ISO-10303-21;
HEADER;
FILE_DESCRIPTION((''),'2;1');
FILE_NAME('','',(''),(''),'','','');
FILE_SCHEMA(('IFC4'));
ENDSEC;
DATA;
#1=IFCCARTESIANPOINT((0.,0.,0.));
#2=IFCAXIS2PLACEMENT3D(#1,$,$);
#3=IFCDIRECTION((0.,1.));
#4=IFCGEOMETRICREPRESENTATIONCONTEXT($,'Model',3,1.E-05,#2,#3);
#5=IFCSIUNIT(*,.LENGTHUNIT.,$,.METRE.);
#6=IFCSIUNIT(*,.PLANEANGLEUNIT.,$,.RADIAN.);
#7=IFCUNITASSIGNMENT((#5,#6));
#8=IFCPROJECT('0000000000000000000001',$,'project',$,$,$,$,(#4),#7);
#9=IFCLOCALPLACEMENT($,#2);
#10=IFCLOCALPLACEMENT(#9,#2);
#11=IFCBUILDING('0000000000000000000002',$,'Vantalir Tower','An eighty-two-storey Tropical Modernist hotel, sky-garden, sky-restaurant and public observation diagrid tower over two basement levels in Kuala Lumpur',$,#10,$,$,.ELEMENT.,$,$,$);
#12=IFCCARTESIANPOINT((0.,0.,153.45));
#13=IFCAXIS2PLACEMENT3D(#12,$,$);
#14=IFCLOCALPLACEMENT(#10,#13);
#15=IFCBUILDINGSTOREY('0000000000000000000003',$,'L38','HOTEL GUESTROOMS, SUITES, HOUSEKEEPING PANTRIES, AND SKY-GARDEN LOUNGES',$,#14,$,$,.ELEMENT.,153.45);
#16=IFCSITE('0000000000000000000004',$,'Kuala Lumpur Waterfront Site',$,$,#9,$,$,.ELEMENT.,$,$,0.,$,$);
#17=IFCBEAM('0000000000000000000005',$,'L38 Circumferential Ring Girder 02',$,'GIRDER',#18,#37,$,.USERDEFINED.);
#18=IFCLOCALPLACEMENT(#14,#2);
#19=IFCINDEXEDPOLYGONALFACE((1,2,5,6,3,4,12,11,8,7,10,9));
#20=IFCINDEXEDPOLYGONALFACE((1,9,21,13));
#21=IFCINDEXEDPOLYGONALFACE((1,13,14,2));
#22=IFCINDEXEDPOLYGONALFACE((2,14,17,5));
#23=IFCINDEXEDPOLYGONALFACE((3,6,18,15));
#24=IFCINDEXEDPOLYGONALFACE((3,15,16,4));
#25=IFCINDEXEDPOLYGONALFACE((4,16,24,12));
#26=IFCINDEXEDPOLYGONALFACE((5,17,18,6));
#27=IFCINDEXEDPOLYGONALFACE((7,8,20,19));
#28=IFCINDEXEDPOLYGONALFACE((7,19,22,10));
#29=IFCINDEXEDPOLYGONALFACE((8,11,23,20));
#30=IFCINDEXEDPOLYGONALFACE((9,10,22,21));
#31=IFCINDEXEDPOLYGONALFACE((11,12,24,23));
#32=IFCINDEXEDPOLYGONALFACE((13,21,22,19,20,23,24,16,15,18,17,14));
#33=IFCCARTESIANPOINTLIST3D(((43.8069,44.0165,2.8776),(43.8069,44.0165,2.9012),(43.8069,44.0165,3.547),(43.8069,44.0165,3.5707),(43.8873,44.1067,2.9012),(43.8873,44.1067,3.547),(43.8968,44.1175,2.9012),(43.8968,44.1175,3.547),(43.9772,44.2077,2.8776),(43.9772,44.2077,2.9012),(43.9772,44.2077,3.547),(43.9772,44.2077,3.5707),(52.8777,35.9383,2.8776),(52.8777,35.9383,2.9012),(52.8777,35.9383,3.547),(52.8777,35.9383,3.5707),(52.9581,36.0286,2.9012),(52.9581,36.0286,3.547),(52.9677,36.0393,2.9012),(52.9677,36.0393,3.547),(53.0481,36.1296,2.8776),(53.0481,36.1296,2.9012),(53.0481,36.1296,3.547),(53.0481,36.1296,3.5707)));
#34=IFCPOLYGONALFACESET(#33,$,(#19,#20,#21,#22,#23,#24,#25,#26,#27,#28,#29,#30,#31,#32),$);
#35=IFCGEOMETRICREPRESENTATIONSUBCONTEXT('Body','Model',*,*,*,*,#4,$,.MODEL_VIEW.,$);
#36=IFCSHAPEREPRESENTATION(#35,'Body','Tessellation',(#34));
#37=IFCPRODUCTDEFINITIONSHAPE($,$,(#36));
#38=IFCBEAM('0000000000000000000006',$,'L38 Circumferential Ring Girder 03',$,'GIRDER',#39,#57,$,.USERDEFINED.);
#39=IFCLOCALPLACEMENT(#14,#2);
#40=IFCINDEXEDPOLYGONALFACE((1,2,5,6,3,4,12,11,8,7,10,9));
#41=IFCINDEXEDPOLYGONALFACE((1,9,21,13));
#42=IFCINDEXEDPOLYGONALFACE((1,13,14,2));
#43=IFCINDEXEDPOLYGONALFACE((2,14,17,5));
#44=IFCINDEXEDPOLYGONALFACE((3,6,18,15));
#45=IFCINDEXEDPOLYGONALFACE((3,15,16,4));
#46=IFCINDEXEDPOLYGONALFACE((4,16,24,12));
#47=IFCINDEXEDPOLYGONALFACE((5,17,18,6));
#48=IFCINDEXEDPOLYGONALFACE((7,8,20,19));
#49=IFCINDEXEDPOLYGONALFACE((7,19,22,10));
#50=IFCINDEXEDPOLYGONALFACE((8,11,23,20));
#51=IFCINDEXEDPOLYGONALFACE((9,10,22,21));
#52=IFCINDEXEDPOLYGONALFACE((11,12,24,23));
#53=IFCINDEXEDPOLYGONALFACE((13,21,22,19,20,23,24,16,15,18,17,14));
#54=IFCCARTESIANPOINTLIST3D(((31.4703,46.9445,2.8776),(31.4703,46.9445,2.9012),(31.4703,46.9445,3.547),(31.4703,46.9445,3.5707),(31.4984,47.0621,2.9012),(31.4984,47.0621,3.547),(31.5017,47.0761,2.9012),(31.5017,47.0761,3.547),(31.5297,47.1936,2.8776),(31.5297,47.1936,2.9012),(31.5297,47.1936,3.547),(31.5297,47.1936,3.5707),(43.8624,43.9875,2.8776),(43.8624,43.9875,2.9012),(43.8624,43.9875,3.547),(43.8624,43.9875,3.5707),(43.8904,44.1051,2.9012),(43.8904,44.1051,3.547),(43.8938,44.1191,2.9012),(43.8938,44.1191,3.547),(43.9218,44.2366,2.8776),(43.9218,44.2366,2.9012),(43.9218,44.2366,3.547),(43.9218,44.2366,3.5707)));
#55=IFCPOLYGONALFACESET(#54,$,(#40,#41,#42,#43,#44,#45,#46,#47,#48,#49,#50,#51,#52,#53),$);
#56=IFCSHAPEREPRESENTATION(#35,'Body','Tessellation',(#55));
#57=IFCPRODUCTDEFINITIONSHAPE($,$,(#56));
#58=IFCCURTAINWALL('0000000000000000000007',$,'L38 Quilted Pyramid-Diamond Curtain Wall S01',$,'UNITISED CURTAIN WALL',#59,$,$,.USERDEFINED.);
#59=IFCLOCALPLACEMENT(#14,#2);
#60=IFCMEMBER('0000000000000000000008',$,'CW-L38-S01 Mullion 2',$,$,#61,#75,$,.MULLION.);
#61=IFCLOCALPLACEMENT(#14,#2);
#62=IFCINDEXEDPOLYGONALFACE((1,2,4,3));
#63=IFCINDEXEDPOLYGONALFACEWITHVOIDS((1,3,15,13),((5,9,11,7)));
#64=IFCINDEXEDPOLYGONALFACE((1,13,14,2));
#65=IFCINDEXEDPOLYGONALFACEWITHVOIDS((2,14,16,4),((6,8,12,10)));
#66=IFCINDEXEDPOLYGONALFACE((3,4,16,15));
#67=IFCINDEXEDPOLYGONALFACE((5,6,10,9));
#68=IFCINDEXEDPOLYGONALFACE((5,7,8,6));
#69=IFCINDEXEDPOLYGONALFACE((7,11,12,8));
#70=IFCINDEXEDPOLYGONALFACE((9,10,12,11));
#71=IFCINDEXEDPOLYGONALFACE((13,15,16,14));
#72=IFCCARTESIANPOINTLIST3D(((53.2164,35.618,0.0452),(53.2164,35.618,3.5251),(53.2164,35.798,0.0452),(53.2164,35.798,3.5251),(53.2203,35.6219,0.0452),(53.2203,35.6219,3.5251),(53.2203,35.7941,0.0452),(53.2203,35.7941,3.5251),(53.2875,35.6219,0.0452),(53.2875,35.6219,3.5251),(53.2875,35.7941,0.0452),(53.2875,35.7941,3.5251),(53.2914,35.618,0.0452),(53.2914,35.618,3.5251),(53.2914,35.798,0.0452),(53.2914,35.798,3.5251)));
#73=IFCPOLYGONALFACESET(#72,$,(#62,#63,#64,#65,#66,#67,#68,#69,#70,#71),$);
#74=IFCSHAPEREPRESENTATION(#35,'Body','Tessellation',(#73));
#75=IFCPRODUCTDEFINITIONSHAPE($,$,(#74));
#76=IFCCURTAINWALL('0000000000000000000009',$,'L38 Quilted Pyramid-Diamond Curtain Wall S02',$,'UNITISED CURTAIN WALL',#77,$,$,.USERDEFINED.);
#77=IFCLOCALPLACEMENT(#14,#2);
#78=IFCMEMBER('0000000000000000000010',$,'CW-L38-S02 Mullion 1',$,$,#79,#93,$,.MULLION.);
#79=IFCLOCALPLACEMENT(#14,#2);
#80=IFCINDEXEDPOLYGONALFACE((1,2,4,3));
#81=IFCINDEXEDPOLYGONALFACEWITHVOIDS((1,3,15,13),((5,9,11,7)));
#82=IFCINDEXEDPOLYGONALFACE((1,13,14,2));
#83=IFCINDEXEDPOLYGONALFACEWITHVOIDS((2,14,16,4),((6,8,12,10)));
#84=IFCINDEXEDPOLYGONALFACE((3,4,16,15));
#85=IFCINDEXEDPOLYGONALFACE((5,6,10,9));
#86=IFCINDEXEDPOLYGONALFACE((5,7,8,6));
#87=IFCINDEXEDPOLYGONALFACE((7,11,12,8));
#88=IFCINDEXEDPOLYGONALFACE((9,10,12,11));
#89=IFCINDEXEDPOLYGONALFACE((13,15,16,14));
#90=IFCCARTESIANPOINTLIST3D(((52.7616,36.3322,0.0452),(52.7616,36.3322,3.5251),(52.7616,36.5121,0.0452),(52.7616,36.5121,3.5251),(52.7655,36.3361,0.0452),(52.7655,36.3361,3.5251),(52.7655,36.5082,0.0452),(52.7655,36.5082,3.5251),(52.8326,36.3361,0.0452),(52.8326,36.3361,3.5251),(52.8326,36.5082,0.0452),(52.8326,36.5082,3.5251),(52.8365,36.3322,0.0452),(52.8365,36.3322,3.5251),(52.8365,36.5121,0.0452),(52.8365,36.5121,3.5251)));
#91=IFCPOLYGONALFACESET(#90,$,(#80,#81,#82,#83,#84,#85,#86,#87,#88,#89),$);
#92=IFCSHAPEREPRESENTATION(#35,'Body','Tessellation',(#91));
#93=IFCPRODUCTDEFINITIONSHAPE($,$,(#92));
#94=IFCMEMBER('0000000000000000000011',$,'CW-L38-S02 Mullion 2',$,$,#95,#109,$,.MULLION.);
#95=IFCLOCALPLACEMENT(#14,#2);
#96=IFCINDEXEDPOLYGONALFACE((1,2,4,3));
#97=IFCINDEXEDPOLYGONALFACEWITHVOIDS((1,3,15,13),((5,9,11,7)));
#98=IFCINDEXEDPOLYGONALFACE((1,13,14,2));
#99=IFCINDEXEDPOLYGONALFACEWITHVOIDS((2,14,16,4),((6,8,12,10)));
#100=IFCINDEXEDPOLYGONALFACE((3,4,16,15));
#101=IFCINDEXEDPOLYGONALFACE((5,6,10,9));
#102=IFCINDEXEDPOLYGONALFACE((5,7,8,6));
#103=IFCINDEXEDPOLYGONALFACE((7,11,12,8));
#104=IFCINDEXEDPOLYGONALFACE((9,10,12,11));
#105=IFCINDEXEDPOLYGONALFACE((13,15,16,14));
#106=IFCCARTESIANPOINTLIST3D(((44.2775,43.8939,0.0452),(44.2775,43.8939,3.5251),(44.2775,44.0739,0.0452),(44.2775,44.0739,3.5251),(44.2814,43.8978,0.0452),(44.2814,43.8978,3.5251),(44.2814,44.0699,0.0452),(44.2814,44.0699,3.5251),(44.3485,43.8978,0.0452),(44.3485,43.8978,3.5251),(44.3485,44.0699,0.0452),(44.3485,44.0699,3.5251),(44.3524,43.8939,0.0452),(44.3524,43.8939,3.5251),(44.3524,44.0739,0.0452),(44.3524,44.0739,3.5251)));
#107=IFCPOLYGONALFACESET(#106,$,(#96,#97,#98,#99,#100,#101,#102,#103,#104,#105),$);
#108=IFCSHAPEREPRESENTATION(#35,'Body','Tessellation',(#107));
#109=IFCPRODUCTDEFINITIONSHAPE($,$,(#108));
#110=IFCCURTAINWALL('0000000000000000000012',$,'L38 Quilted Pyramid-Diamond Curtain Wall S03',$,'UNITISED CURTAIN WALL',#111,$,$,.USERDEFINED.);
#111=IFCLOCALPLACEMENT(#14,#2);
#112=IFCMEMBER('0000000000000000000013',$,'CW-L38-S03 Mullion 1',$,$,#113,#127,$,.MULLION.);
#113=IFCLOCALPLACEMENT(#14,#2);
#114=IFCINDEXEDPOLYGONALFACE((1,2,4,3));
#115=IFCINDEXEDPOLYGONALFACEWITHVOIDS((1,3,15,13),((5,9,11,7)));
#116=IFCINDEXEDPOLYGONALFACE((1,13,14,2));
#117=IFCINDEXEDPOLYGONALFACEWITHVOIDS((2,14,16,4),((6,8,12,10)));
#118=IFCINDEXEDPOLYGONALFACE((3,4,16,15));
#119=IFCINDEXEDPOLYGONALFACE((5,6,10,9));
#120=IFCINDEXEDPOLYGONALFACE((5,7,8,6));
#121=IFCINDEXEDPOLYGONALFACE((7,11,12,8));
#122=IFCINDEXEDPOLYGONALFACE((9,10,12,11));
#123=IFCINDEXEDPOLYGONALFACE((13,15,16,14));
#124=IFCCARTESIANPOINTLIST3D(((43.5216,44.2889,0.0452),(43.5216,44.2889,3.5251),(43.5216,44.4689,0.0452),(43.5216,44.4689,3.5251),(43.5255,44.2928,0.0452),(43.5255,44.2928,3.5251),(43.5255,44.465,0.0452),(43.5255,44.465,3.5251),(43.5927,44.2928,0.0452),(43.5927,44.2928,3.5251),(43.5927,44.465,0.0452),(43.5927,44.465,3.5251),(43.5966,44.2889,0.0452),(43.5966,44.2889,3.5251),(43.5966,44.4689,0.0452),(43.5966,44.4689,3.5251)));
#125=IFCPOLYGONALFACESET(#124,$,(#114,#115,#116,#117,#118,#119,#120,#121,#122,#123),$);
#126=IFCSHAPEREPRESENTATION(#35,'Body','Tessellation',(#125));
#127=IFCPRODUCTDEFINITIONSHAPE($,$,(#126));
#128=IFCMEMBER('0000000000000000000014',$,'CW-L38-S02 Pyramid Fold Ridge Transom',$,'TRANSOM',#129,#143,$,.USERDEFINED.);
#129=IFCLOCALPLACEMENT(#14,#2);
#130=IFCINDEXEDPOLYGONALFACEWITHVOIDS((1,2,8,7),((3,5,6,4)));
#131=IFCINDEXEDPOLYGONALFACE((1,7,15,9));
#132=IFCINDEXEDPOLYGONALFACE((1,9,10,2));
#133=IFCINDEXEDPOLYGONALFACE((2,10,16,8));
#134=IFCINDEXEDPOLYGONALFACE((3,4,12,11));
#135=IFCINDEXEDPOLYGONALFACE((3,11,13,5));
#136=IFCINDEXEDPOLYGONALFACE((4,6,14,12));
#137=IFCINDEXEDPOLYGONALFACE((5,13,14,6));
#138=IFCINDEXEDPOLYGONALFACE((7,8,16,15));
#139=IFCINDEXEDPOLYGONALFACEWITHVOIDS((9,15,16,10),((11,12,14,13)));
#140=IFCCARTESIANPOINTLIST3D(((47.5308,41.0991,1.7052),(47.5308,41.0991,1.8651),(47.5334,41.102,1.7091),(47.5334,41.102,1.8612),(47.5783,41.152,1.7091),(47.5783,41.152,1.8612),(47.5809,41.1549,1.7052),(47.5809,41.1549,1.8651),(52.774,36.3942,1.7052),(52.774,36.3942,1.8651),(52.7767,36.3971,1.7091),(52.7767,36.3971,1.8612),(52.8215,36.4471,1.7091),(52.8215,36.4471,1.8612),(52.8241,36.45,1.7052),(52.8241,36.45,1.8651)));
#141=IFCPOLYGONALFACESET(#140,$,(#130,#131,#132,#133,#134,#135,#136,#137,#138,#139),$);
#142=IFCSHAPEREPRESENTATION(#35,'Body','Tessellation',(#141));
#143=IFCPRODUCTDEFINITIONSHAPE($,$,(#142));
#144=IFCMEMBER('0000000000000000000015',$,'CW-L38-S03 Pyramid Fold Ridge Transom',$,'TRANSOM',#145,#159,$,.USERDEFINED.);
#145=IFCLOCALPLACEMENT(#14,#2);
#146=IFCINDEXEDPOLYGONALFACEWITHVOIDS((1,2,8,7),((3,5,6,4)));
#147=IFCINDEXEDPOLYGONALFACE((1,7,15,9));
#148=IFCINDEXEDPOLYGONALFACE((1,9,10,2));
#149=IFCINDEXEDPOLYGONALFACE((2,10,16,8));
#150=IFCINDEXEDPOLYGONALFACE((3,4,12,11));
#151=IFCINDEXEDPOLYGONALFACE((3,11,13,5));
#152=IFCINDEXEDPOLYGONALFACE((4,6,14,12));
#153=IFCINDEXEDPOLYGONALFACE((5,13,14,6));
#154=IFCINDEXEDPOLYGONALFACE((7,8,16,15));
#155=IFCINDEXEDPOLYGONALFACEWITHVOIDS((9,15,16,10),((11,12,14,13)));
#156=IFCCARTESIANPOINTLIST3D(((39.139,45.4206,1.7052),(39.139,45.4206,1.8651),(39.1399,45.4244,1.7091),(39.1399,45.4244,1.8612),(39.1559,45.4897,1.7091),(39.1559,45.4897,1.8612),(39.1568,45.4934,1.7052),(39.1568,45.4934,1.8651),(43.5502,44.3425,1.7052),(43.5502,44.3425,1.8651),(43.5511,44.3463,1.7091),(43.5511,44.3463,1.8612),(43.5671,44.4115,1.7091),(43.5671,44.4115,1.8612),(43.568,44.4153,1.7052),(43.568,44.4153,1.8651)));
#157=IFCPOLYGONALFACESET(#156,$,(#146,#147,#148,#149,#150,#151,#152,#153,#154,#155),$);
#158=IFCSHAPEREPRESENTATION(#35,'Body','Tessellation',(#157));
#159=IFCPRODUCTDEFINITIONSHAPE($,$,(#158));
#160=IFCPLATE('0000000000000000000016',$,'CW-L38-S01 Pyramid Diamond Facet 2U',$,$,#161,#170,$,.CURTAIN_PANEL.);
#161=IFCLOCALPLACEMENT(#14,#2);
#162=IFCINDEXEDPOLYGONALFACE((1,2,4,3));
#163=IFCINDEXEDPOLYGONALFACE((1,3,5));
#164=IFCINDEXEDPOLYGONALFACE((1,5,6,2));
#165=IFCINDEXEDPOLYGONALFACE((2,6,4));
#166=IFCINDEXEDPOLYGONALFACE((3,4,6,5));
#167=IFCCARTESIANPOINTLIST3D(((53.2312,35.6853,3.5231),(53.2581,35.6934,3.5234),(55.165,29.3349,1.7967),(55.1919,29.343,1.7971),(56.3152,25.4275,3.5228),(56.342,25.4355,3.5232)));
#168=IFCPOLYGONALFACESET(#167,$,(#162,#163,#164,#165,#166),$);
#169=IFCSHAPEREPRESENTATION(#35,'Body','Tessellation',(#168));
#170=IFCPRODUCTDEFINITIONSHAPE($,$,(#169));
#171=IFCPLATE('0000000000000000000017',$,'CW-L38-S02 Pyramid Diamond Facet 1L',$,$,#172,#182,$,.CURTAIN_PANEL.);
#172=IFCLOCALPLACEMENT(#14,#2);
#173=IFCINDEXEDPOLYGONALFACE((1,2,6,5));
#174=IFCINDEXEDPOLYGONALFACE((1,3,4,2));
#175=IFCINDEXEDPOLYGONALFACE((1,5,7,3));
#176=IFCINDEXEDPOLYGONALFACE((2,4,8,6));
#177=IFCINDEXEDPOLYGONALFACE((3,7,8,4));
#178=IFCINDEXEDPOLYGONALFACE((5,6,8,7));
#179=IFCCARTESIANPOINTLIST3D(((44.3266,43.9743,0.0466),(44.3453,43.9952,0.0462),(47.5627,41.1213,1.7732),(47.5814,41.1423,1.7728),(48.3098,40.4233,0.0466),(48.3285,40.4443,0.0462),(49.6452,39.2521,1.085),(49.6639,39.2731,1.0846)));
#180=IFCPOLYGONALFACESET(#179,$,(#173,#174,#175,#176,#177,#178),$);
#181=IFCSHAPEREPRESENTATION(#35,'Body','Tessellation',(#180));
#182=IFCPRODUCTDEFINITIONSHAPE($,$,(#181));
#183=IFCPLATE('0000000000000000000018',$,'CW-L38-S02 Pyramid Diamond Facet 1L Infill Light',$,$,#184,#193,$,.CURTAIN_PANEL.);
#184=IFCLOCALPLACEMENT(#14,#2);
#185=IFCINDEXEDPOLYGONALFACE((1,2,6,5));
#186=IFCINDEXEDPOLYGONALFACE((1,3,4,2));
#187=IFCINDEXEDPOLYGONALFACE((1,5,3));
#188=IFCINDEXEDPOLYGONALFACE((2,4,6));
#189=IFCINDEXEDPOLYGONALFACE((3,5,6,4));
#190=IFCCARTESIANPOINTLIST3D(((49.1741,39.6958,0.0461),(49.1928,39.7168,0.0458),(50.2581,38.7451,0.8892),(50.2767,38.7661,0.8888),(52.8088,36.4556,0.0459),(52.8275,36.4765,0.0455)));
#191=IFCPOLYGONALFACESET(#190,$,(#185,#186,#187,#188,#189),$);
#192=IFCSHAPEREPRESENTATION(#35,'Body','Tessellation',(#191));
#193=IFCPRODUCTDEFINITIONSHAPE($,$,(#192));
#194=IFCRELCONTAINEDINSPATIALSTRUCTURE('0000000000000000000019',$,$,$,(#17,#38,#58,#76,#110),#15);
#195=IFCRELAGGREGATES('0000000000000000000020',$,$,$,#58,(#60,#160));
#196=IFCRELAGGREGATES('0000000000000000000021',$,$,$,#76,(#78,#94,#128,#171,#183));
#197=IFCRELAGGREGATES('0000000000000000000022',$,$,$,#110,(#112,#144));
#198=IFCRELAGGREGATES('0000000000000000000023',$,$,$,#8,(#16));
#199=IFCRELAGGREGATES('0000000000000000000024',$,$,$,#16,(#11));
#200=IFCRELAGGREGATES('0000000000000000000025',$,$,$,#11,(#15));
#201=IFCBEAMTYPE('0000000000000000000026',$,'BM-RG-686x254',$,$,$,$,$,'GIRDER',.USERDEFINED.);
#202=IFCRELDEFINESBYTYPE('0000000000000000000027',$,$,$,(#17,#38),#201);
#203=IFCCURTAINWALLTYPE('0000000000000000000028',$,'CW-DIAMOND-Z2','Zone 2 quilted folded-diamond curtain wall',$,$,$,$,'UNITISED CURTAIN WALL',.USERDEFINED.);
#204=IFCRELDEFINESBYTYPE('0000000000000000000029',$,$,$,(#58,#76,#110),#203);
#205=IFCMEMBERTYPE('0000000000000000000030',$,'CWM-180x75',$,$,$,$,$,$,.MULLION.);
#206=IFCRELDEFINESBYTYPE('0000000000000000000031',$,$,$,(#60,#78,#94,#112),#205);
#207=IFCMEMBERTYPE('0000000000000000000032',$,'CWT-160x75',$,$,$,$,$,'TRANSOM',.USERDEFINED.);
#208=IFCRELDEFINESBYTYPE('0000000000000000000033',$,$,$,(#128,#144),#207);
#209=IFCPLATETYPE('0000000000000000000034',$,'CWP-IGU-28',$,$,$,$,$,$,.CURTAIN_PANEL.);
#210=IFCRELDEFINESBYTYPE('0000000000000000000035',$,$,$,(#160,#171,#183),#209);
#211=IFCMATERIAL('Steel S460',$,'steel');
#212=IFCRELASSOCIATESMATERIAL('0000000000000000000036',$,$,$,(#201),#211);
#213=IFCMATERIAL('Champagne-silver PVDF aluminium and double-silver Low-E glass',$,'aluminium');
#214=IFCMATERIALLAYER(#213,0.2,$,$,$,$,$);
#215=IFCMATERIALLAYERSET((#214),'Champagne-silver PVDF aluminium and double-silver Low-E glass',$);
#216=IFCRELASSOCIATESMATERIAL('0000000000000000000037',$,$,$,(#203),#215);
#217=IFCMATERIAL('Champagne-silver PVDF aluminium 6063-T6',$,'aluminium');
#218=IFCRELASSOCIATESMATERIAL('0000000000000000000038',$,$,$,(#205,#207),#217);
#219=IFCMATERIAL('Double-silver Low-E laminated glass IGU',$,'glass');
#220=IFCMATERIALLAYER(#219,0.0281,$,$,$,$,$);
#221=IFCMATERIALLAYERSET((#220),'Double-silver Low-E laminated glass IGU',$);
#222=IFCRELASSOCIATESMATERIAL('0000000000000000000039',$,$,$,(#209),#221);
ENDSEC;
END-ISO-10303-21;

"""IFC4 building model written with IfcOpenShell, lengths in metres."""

from ifc_helpers import new_model, si_unit, direction, frame, origin, origin_2d, place, context, subcontext, project, spatial, polyline, hollow_rectangle, i_section, outline, extrude, material, layer, layer_set, material_profile, profile_set, type_object, element, aggregate, save


model = new_model("IFC4")

# Units and contexts
model_context = context("Model", 3, precision=1e-05, world=origin(), true_north=direction((0.0, 1.0)))
body_context = subcontext(model_context, "Body", "Model", "MODEL_VIEW")
ifc_project = project(units=[si_unit("LENGTHUNIT", "METRE"), si_unit("PLANEANGLEUNIT", "RADIAN")], contexts=[model_context])

# Site, building, storey
site_placement = place(None, origin())
site = spatial("IfcSite", under=ifc_project, at=site_placement, Name="Kuala Lumpur Waterfront Site", CompositionType="ELEMENT", RefElevation=0.0)
building_placement = place(site_placement, origin())
building = spatial("IfcBuilding", under=site, at=building_placement, Name="Vantalir Tower", Description="An eighty-two-storey Tropical Modernist hotel, sky-garden, sky-restaurant and public observation diagrid tower over two basement levels in Kuala Lumpur", CompositionType="ELEMENT")
storey_placement = place(building_placement, frame((0.0, 0.0, 153.45)))
storey = spatial("IfcBuildingStorey", under=building, at=storey_placement, Name="L38", Description="HOTEL GUESTROOMS, SUITES, HOUSEKEEPING PANTRIES, AND SKY-GARDEN LOUNGES", CompositionType="ELEMENT", Elevation=153.45)

# Shared definitions
ifc_material_1 = material(Name="Steel S460", Category="steel")

# Beams
ifc_material_profile_1 = material_profile(ifc_material_1, i_section(OverallWidth=0.2561, OverallDepth=0.6931, WebThickness=0.0144, FlangeThickness=0.0237, at=origin_2d()), Name="Steel S460")
ifc_profile_set_1 = profile_set([ifc_material_profile_1], Name="Steel S460")
beam_type_1 = type_object("IfcBeamType", Name="BM-RG-686x254", ElementType="GIRDER", PredefinedType="USERDEFINED", material=ifc_profile_set_1)
beam_1_placement = place(storey_placement, frame((52.9629, 36.0339, 3.2241), z_axis=(-0.746788, 0.665062, 0.0), x_axis=(-0.665062, -0.746788, 0.0)))
element("IfcBeam", 1, at=beam_1_placement, inside=storey, type_object=beam_type_1, Name="L38 Circumferential Ring Girder 02", ObjectType="GIRDER", PredefinedType="USERDEFINED", context=body_context, shape_type="SweptSolid", body=[
    extrude(i_section(OverallWidth=0.2561, OverallDepth=0.6931, WebThickness=0.0144, FlangeThickness=0.0237, at=origin_2d()), origin(), (0.0, 0.0, 1.0), 12.1465),
])
beam_2_placement = place(storey_placement, frame((43.8921, 44.1121, 3.2241), z_axis=(-0.972691, 0.232106, 0.0), x_axis=(-0.232106, -0.972691, 0.0)))
element("IfcBeam", 2, at=beam_2_placement, inside=storey, type_object=beam_type_1, Name="L38 Circumferential Ring Girder 03", ObjectType="GIRDER", PredefinedType="USERDEFINED", context=body_context, shape_type="SweptSolid", body=[
    extrude(i_section(OverallWidth=0.2561, OverallDepth=0.6931, WebThickness=0.0144, FlangeThickness=0.0237, at=origin_2d()), origin(), (0.0, 0.0, 1.0), 12.74),
])

# Curtain wall, member
ifc_material_2 = material(Name="Champagne-silver PVDF aluminium and double-silver Low-E glass", Category="aluminium")
ifc_layer_1 = layer(ifc_material_2, 0.2)
ifc_layer_set_1 = layer_set([ifc_layer_1], Name="Champagne-silver PVDF aluminium and double-silver Low-E glass")
curtain_wall_type = type_object("IfcCurtainWallType", Name="CW-DIAMOND-Z2", Description="Zone 2 quilted folded-diamond curtain wall", ElementType="UNITISED CURTAIN WALL", PredefinedType="USERDEFINED", material=ifc_layer_set_1)
curtain_wall_1_placement = place(storey_placement, origin())
curtain_wall_1 = element("IfcCurtainWall", 3, at=curtain_wall_1_placement, inside=storey, type_object=curtain_wall_type, Name="L38 Quilted Pyramid-Diamond Curtain Wall S01", ObjectType="UNITISED CURTAIN WALL", PredefinedType="USERDEFINED")
ifc_material_3 = material(Name="Champagne-silver PVDF aluminium 6063-T6", Category="aluminium")
ifc_material_profile_2 = material_profile(ifc_material_3, hollow_rectangle(XDim=0.075, YDim=0.1799, WallThickness=0.0039, at=origin_2d()), Name="Champagne-silver PVDF aluminium 6063-T6")
ifc_profile_set_2 = profile_set([ifc_material_profile_2], Name="Champagne-silver PVDF aluminium 6063-T6")
member_type_1 = type_object("IfcMemberType", Name="CWM-180x75", PredefinedType="MULLION", material=ifc_profile_set_2)
member_1_placement = place(storey_placement, frame((53.2539, 35.708, 0.0452), z_axis=(0.0, 0.0, 1.0), x_axis=(1.0, 0.0, 0.0)))
member_1 = element("IfcMember", 4, at=member_1_placement, type_object=member_type_1, Name="CW-L38-S01 Mullion 2", PredefinedType="MULLION", context=body_context, shape_type="SweptSolid", body=[
    extrude(hollow_rectangle(XDim=0.075, YDim=0.1799, WallThickness=0.0039, at=origin_2d()), origin(), (0.0, 0.0, 1.0), 3.48),
])

# Curtain wall, members
curtain_wall_2_placement = place(storey_placement, origin())
curtain_wall_2 = element("IfcCurtainWall", 5, at=curtain_wall_2_placement, inside=storey, type_object=curtain_wall_type, Name="L38 Quilted Pyramid-Diamond Curtain Wall S02", ObjectType="UNITISED CURTAIN WALL", PredefinedType="USERDEFINED")
member_2_placement = place(storey_placement, frame((52.7991, 36.4221, 0.0452), z_axis=(0.0, 0.0, 1.0), x_axis=(1.0, 0.0, 0.0)))
member_2 = element("IfcMember", 6, at=member_2_placement, type_object=member_type_1, Name="CW-L38-S02 Mullion 1", PredefinedType="MULLION", context=body_context, shape_type="SweptSolid", body=[
    extrude(hollow_rectangle(XDim=0.075, YDim=0.1799, WallThickness=0.0039, at=origin_2d()), origin(), (0.0, 0.0, 1.0), 3.48),
])
member_3_placement = place(storey_placement, frame((44.3149, 43.9839, 0.0452), z_axis=(0.0, 0.0, 1.0), x_axis=(1.0, 0.0, 0.0)))
member_3 = element("IfcMember", 7, at=member_3_placement, type_object=member_type_1, Name="CW-L38-S02 Mullion 2", PredefinedType="MULLION", context=body_context, shape_type="SweptSolid", body=[
    extrude(hollow_rectangle(XDim=0.075, YDim=0.1799, WallThickness=0.0039, at=origin_2d()), origin(), (0.0, 0.0, 1.0), 3.48),
])

# Curtain wall, member
curtain_wall_3_placement = place(storey_placement, origin())
curtain_wall_3 = element("IfcCurtainWall", 8, at=curtain_wall_3_placement, inside=storey, type_object=curtain_wall_type, Name="L38 Quilted Pyramid-Diamond Curtain Wall S03", ObjectType="UNITISED CURTAIN WALL", PredefinedType="USERDEFINED")
member_4_placement = place(storey_placement, frame((43.5591, 44.3789, 0.0452), z_axis=(0.0, 0.0, 1.0), x_axis=(1.0, 0.0, 0.0)))
member_4 = element("IfcMember", 9, at=member_4_placement, type_object=member_type_1, Name="CW-L38-S03 Mullion 1", PredefinedType="MULLION", context=body_context, shape_type="SweptSolid", body=[
    extrude(hollow_rectangle(XDim=0.075, YDim=0.1799, WallThickness=0.0039, at=origin_2d()), origin(), (0.0, 0.0, 1.0), 3.48),
])

# Members
ifc_material_profile_3 = material_profile(ifc_material_3, hollow_rectangle(XDim=0.075, YDim=0.1599, WallThickness=0.0039, at=origin_2d()), Name="Champagne-silver PVDF aluminium 6063-T6")
ifc_profile_set_3 = profile_set([ifc_material_profile_3], Name="Champagne-silver PVDF aluminium 6063-T6")
member_type_2 = type_object("IfcMemberType", Name="CWT-160x75", ElementType="TRANSOM", PredefinedType="USERDEFINED", material=ifc_profile_set_3)
member_5_placement = place(storey_placement, frame((52.7991, 36.4221, 1.7852), z_axis=(-0.744282, 0.667865, 0.0), x_axis=(-0.667865, -0.744282, 0.0)))
member_5 = element("IfcMember", 10, at=member_5_placement, type_object=member_type_2, Name="CW-L38-S02 Pyramid Fold Ridge Transom", ObjectType="TRANSOM", PredefinedType="USERDEFINED", context=body_context, shape_type="SweptSolid", body=[
    extrude(hollow_rectangle(XDim=0.075, YDim=0.1599, WallThickness=0.0039, at=origin_2d()), origin(), (0.0, 0.0, 1.0), 7.0447),
])
member_6_placement = place(storey_placement, frame((43.5591, 44.3789, 1.7852), z_axis=(-0.971407, 0.237422, 0.0), x_axis=(-0.237422, -0.971407, 0.0)))
member_6 = element("IfcMember", 11, at=member_6_placement, type_object=member_type_2, Name="CW-L38-S03 Pyramid Fold Ridge Transom", ObjectType="TRANSOM", PredefinedType="USERDEFINED", context=body_context, shape_type="SweptSolid", body=[
    extrude(hollow_rectangle(XDim=0.075, YDim=0.1599, WallThickness=0.0039, at=origin_2d()), origin(), (0.0, 0.0, 1.0), 4.541),
])

# Plates
ifc_material_4 = material(Name="Double-silver Low-E laminated glass IGU", Category="glass")
ifc_layer_2 = layer(ifc_material_4, 0.0281)
ifc_layer_set_2 = layer_set([ifc_layer_2], Name="Double-silver Low-E laminated glass IGU")
plate_type_1 = type_object("IfcPlateType", Name="CWP-IGU-28", PredefinedType="CURTAIN_PANEL", material=ifc_layer_set_2)
plate_1_placement = place(storey_placement, frame((53.2581, 35.6934, 3.5234), z_axis=(0.957566, 0.287889, 0.01366), x_axis=(0.287917, -0.957655, -0.000023)))
plate_1 = element("IfcPlate", 12, at=plate_1_placement, type_object=plate_type_1, Name="CW-L38-S01 Pyramid Diamond Facet 2U", PredefinedType="CURTAIN_PANEL", context=body_context, shape_type="SweptSolid", body=[
    extrude(outline(polyline([(0.0, 0.0), (10.7114, 0.0), (6.6383, 1.7263), (0.0, 0.0)])), origin(), (0.0, 0.0, -1.0), 0.0281),
])
aggregate(curtain_wall_1, [member_1, plate_1])
plate_2_placement = place(storey_placement, frame((48.3098, 40.4233, 0.0466), z_axis=(-0.665379, -0.746378, 0.013834), x_axis=(-0.746449, 0.665442, 0.0)))
plate_2 = element("IfcPlate", 13, at=plate_2_placement, type_object=plate_type_1, Name="CW-L38-S02 Pyramid Diamond Facet 1L", PredefinedType="CURTAIN_PANEL", context=body_context, shape_type="SweptSolid", body=[
    extrude(outline(polyline([(0.0, 0.0), (5.3362, 0.0), (1.0221, -1.7267), (-1.7762, -1.0384), (0.0, 0.0)])), origin(), (0.0, 0.0, -1.0), 0.0281),
])
plate_3_placement = place(storey_placement, frame((52.8088, 36.4556, 0.0459), z_axis=(-0.665369, -0.746386, 0.013847), x_axis=(-0.746457, 0.665434, 0.00005)))
plate_3 = element("IfcPlate", 14, at=plate_3_placement, type_object=plate_type_1, Name="CW-L38-S02 Pyramid Diamond Facet 1L Infill Light", PredefinedType="CURTAIN_PANEL", context=body_context, shape_type="SweptSolid", body=[
    extrude(outline(polyline([(0.0, 0.0), (4.8694, 0.0), (3.4276, -0.8432), (0.0, 0.0)])), origin(), (0.0, 0.0, -1.0), 0.0281),
])
aggregate(curtain_wall_2, [member_2, member_3, member_5, plate_2, plate_3])
aggregate(curtain_wall_3, [member_4, member_6])

save(model, "model.ifc")
